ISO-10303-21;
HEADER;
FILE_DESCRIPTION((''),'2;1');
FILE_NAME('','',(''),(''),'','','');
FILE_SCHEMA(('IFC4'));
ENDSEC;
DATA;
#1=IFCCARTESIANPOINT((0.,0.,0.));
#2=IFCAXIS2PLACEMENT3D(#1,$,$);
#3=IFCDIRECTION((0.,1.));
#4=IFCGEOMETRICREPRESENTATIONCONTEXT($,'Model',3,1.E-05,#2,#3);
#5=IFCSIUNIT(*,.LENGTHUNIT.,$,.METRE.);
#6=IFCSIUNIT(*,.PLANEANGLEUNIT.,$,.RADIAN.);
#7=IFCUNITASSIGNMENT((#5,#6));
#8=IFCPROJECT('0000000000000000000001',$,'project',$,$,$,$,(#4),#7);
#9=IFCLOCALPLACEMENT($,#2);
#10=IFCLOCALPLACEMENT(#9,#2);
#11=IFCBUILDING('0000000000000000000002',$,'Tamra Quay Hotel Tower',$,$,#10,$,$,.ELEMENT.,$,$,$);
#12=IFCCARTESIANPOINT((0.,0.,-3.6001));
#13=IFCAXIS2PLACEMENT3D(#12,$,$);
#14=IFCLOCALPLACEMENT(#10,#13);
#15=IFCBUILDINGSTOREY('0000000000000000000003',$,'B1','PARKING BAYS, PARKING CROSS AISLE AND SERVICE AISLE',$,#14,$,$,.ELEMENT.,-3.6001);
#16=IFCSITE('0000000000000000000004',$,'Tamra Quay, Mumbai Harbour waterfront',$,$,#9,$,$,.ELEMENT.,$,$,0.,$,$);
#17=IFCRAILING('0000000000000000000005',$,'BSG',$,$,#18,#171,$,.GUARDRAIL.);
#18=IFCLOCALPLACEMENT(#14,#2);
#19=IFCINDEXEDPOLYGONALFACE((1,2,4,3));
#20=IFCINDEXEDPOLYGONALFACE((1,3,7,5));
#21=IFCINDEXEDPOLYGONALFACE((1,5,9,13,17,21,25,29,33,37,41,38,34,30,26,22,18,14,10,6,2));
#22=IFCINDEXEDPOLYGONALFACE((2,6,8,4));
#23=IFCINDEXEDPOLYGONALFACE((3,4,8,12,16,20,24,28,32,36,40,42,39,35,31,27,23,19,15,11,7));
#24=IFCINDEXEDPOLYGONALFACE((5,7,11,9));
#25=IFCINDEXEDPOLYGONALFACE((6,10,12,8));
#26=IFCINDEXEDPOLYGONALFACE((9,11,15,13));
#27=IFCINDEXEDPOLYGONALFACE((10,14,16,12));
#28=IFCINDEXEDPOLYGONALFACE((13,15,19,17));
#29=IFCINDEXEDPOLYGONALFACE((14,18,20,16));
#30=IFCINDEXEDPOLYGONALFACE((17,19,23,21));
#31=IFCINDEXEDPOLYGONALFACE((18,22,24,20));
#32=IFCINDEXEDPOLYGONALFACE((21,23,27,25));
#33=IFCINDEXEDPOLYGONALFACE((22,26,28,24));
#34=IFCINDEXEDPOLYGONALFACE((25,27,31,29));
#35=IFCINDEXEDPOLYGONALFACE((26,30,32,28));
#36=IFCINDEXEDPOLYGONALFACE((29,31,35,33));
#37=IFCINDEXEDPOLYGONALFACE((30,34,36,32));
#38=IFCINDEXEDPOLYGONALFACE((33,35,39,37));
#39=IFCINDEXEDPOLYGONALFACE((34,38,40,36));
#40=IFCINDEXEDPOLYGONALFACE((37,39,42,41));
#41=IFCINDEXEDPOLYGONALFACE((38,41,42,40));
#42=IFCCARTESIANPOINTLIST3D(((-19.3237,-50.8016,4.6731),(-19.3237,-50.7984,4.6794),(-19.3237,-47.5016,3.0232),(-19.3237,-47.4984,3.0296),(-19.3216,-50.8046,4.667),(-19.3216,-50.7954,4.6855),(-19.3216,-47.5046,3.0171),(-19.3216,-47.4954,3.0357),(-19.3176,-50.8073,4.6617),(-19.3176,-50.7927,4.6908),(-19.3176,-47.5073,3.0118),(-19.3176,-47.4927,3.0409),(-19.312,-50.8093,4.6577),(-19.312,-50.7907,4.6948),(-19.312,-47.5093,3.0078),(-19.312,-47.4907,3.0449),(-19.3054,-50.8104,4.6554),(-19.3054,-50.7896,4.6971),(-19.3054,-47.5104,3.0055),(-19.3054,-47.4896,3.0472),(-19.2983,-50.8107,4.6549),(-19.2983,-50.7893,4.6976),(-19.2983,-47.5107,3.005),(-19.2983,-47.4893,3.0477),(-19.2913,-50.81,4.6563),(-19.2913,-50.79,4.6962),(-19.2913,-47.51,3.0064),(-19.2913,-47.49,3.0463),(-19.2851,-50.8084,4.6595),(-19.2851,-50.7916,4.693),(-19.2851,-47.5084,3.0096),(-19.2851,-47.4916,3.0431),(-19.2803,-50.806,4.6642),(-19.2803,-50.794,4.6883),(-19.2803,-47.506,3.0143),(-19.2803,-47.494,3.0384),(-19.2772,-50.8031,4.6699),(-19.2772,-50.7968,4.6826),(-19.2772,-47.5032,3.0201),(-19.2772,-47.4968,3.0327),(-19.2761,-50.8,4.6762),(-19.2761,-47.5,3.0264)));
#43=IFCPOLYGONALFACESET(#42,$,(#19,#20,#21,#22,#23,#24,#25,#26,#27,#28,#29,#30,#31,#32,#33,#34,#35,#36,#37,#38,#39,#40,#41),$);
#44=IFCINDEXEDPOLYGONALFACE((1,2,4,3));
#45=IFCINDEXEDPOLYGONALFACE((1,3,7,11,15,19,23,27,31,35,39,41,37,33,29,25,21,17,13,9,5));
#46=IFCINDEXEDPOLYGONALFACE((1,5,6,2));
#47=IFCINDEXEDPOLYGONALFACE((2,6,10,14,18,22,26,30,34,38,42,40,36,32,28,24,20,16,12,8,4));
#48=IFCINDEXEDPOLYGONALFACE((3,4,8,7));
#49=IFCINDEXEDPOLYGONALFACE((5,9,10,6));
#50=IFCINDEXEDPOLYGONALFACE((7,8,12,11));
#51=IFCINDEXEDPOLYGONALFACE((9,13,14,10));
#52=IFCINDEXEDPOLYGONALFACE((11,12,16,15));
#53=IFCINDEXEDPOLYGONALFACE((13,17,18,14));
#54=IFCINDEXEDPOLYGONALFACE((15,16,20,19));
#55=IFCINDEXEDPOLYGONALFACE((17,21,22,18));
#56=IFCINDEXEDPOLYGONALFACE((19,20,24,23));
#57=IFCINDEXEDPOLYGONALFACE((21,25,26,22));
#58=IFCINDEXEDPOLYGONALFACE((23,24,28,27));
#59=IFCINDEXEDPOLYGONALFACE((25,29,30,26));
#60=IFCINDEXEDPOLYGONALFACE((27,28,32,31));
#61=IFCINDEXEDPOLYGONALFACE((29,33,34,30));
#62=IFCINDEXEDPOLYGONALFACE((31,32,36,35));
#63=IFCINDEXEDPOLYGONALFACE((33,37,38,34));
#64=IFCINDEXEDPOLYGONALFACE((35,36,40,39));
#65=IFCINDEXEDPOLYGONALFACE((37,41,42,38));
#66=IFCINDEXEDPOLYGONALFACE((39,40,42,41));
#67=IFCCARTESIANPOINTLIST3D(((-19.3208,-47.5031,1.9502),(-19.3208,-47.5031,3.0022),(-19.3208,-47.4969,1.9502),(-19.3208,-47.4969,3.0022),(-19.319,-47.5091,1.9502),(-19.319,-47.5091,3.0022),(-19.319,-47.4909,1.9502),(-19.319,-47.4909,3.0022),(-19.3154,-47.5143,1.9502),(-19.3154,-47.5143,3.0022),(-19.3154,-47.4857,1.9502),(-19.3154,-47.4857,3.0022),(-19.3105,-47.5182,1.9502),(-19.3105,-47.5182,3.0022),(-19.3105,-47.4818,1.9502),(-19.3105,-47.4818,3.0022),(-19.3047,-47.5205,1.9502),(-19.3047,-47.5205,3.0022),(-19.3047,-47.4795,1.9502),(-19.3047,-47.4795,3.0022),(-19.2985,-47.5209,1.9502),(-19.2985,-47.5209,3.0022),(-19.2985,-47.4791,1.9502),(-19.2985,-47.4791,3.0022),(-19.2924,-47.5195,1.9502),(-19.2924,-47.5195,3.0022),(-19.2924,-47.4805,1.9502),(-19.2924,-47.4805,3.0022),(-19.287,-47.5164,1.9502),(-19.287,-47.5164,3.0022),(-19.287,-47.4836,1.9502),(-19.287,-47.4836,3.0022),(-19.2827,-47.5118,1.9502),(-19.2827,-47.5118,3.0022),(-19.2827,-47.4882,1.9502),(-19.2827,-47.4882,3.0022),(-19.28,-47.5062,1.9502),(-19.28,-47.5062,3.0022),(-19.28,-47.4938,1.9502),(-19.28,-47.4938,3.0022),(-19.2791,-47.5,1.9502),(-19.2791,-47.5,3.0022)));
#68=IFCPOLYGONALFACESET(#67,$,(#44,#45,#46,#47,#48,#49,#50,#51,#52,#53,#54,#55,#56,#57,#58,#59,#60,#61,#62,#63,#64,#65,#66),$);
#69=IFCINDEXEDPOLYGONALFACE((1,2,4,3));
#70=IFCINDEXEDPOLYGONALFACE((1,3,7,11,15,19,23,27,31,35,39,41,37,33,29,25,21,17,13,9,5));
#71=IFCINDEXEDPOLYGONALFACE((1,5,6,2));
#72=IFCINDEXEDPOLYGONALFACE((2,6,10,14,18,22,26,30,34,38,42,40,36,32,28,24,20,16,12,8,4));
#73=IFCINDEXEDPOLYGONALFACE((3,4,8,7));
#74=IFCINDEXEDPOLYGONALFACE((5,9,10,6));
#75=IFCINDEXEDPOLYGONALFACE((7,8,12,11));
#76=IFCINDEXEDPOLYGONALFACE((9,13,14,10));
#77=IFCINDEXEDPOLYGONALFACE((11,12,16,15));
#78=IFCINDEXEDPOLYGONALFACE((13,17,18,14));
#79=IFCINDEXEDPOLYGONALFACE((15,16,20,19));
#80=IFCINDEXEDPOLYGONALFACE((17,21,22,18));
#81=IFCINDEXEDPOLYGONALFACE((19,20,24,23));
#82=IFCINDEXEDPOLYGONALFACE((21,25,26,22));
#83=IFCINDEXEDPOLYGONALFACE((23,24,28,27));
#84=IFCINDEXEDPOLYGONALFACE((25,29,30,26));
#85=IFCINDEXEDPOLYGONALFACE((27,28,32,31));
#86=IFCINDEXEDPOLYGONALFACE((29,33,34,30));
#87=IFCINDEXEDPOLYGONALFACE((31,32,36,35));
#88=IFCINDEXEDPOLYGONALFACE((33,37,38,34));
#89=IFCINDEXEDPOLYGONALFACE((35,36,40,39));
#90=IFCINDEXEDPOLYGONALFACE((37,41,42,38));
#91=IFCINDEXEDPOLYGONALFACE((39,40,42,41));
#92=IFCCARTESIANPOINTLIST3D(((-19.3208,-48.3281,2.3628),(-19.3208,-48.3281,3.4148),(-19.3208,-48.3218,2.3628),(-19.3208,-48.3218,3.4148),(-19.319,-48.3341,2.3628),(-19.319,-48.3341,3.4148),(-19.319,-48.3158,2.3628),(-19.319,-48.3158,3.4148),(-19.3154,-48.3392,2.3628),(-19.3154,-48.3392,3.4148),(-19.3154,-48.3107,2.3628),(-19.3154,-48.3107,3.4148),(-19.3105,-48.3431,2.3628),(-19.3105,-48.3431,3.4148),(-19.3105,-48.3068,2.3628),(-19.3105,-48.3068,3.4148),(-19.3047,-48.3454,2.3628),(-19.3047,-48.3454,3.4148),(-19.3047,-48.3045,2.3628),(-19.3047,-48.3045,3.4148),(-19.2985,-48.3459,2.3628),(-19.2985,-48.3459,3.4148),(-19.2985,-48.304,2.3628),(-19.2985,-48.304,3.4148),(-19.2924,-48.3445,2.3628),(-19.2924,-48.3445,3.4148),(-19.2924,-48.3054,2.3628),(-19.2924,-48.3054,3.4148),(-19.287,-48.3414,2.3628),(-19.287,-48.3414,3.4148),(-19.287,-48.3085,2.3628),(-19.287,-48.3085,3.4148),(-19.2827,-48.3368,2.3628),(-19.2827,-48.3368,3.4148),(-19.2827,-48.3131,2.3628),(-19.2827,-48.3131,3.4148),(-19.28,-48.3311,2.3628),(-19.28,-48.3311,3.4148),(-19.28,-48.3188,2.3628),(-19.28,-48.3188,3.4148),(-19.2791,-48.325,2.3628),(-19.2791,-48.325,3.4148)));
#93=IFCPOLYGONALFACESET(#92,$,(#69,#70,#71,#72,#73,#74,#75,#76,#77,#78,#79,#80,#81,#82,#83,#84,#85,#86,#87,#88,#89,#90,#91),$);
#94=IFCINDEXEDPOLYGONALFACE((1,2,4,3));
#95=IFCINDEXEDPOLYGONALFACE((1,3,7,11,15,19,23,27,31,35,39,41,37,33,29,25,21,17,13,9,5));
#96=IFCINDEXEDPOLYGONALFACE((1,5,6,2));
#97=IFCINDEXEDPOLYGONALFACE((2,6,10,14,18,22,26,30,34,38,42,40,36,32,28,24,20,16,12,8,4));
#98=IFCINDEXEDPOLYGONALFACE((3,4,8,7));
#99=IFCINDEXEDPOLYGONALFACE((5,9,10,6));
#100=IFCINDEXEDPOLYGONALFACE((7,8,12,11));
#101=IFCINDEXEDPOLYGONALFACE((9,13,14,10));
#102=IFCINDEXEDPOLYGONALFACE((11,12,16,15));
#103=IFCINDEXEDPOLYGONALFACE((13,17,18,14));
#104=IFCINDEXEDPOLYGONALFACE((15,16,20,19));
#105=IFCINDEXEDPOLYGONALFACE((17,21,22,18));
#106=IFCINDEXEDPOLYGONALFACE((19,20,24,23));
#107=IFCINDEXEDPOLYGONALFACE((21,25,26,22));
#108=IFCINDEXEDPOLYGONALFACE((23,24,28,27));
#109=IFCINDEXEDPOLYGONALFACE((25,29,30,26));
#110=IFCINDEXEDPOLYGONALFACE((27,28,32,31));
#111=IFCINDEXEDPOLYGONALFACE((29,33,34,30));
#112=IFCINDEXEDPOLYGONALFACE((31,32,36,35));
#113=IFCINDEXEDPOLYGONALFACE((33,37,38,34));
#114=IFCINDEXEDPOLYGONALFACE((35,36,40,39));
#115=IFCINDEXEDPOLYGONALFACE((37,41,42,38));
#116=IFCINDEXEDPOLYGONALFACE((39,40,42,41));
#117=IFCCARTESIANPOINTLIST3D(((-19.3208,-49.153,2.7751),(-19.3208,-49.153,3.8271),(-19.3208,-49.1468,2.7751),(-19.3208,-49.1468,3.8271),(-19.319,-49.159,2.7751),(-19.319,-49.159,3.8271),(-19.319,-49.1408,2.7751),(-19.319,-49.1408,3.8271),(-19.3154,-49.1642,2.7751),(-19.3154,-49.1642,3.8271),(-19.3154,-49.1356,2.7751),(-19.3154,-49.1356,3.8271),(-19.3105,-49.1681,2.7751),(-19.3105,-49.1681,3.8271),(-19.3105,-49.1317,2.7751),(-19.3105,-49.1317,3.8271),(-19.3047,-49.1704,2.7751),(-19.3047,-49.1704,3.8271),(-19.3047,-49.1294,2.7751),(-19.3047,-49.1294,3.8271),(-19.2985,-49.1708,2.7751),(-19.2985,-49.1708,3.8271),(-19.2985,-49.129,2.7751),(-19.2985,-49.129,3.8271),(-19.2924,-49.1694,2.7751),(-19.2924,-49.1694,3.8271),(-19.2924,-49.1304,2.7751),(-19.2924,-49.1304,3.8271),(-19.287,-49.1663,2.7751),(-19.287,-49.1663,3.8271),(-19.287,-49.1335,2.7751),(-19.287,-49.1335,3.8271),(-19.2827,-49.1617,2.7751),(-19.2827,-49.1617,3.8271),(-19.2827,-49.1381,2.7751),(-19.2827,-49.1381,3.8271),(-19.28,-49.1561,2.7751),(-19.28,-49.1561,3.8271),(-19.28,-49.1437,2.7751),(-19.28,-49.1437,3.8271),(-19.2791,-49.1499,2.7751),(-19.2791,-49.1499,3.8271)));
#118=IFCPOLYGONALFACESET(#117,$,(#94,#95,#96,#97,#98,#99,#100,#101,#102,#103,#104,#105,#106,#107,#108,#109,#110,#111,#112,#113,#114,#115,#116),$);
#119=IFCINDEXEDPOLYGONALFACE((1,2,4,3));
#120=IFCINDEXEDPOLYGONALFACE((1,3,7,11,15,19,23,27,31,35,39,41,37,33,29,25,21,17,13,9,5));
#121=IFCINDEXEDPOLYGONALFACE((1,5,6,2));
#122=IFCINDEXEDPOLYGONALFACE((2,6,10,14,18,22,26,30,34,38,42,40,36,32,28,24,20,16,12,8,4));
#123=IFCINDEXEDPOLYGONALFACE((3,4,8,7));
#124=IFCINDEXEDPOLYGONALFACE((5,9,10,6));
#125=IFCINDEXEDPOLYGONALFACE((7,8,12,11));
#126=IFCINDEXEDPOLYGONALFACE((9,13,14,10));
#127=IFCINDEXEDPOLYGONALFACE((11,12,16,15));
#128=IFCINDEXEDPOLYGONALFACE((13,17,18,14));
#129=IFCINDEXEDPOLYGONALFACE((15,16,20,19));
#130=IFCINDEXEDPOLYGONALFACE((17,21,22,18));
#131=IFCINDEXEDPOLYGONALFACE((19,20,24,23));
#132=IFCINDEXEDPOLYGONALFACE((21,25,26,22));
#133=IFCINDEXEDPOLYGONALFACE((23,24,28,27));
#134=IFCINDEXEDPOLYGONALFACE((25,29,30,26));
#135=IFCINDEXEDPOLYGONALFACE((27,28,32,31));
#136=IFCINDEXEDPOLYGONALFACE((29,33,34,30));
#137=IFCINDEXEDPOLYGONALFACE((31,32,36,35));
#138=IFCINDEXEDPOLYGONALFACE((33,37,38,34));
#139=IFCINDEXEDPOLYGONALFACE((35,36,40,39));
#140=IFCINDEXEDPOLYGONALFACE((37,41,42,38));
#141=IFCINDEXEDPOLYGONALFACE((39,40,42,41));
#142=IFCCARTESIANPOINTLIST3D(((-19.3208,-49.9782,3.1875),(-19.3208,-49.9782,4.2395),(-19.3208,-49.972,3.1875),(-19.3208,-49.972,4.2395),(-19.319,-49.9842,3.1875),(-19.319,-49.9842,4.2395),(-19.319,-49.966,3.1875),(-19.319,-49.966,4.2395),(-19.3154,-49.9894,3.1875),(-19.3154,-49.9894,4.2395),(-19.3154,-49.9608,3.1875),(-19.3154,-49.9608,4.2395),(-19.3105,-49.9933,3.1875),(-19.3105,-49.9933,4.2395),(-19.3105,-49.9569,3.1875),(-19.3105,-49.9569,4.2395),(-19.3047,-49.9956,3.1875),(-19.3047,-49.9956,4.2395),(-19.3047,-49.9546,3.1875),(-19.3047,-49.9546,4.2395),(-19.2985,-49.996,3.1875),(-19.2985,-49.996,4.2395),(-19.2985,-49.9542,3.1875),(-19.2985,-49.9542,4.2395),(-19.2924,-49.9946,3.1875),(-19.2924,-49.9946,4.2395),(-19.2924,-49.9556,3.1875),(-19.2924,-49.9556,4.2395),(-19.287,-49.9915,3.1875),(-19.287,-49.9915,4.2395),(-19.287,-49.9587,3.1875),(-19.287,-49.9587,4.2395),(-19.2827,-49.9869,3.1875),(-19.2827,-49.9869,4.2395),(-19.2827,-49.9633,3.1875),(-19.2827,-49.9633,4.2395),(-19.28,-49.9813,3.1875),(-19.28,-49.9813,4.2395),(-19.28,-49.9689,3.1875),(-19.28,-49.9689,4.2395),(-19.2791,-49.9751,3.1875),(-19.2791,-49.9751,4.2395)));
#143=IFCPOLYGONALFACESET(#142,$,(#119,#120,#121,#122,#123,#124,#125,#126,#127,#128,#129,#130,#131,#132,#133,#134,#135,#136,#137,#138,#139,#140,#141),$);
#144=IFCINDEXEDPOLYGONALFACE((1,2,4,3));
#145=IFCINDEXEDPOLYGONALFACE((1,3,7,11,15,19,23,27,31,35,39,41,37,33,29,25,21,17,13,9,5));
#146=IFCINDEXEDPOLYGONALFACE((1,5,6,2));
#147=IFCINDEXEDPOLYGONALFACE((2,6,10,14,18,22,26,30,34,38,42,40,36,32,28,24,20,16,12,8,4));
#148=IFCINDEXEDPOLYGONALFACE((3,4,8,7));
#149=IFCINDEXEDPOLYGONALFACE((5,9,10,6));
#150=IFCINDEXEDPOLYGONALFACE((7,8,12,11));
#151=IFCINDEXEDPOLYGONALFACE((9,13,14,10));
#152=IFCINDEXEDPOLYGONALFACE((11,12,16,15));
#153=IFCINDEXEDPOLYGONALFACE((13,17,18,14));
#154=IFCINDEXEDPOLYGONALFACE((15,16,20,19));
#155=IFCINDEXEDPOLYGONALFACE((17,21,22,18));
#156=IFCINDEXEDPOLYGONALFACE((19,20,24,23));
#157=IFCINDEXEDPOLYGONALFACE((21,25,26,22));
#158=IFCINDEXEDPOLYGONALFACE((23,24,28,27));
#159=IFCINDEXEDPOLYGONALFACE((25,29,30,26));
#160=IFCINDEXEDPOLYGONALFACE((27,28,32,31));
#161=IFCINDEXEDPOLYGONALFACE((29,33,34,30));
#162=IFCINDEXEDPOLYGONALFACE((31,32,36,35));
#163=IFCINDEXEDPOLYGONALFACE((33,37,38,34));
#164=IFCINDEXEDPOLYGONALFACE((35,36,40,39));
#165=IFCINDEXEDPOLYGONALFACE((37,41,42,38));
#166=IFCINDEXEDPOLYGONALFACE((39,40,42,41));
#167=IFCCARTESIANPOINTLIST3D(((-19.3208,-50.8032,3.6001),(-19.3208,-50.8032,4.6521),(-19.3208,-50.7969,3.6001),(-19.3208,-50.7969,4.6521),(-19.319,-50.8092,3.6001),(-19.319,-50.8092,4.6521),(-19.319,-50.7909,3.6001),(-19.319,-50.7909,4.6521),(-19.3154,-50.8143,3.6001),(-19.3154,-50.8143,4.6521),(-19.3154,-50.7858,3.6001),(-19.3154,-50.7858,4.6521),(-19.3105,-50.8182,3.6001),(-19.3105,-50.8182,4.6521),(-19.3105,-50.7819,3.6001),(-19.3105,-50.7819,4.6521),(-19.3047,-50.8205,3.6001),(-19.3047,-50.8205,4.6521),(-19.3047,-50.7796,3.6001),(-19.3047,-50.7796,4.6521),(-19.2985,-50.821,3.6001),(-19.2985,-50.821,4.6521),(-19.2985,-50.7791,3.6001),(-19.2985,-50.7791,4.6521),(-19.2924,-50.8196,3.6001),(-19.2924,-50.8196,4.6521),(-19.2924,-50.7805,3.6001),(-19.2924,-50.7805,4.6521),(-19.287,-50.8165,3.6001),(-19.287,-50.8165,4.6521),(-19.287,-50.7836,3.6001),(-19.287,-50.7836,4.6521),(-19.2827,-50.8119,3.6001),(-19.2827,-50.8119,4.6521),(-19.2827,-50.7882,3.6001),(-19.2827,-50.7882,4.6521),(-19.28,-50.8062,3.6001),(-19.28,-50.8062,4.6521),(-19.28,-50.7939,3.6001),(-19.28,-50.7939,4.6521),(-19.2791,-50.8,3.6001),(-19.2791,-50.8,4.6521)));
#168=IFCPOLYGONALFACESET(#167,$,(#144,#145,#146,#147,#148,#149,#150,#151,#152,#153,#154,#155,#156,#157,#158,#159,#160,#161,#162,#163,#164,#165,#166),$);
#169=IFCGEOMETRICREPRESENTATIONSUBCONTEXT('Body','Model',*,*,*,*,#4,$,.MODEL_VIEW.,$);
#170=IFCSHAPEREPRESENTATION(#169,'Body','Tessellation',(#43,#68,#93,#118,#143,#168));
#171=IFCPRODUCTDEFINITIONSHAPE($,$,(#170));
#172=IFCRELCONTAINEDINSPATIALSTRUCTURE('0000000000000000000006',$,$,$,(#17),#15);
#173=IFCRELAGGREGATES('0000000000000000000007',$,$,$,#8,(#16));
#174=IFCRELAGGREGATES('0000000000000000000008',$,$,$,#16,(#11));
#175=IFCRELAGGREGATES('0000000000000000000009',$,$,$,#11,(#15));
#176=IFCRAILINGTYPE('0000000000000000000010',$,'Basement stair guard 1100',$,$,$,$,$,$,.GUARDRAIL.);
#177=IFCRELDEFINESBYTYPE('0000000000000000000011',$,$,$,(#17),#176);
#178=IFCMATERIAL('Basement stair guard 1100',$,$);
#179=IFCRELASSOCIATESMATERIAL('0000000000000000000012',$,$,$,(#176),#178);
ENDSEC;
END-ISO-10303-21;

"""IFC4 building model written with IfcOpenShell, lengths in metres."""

from ifc_helpers import new_model, si_unit, direction, frame, origin, origin_2d, place, context, subcontext, project, spatial, circle, extrude, material, type_object, element, save


model = new_model("IFC4")

# Units and contexts
model_context = context("Model", 3, precision=1e-05, world=origin(), true_north=direction((0.0, 1.0)))
body_context = subcontext(model_context, "Body", "Model", "MODEL_VIEW")
ifc_project = project(units=[si_unit("LENGTHUNIT", "METRE"), si_unit("PLANEANGLEUNIT", "RADIAN")], contexts=[model_context])

# Site, building, storey
site_placement = place(None, origin())
site = spatial("IfcSite", under=ifc_project, at=site_placement, Name="Tamra Quay, Mumbai Harbour waterfront", CompositionType="ELEMENT", RefElevation=0.0)
building_placement = place(site_placement, origin())
building = spatial("IfcBuilding", under=site, at=building_placement, Name="Tamra Quay Hotel Tower", CompositionType="ELEMENT")
storey_placement = place(building_placement, frame((0.0, 0.0, -3.6001)))
storey = spatial("IfcBuildingStorey", under=building, at=storey_placement, Name="B1", Description="PARKING BAYS, PARKING CROSS AISLE AND SERVICE AISLE", CompositionType="ELEMENT", Elevation=-3.6001)

# Railing
ifc_material_1 = material(Name="Basement stair guard 1100")
railing_type = type_object("IfcRailingType", Name="Basement stair guard 1100", PredefinedType="GUARDRAIL", material=ifc_material_1)
railing_1_placement = place(storey_placement, frame((-19.3, -47.5, 1.9502)))
element("IfcRailing", 1, at=railing_1_placement, inside=storey, type_object=railing_type, Name="BSG", PredefinedType="GUARDRAIL", context=body_context, shape_type="SweptSolid", body=[
    extrude(circle(Radius=0.0239, at=origin_2d()), frame((0.0, 0.0, 1.0762), z_axis=(0.0, -0.89444, 0.447187), x_axis=(1.0, 0.0, 0.0)), (0.0, 0.0, 1.0), 3.6895),
    extrude(circle(Radius=0.021, at=origin_2d()), origin(), (0.0, 0.0, 1.0), 1.052),
    extrude(circle(Radius=0.021, at=origin_2d()), frame((0.0, -0.825, 0.4126)), (0.0, 0.0, 1.0), 1.052),
    extrude(circle(Radius=0.021, at=origin_2d()), frame((0.0, -1.6499, 0.825)), (0.0, 0.0, 1.0), 1.052),
    extrude(circle(Radius=0.021, at=origin_2d()), frame((0.0, -2.4751, 1.2373)), (0.0, 0.0, 1.0), 1.052),
    extrude(circle(Radius=0.021, at=origin_2d()), frame((0.0, -3.3, 1.6499)), (0.0, 0.0, 1.0), 1.052),
])

save(model, "model.ifc")
